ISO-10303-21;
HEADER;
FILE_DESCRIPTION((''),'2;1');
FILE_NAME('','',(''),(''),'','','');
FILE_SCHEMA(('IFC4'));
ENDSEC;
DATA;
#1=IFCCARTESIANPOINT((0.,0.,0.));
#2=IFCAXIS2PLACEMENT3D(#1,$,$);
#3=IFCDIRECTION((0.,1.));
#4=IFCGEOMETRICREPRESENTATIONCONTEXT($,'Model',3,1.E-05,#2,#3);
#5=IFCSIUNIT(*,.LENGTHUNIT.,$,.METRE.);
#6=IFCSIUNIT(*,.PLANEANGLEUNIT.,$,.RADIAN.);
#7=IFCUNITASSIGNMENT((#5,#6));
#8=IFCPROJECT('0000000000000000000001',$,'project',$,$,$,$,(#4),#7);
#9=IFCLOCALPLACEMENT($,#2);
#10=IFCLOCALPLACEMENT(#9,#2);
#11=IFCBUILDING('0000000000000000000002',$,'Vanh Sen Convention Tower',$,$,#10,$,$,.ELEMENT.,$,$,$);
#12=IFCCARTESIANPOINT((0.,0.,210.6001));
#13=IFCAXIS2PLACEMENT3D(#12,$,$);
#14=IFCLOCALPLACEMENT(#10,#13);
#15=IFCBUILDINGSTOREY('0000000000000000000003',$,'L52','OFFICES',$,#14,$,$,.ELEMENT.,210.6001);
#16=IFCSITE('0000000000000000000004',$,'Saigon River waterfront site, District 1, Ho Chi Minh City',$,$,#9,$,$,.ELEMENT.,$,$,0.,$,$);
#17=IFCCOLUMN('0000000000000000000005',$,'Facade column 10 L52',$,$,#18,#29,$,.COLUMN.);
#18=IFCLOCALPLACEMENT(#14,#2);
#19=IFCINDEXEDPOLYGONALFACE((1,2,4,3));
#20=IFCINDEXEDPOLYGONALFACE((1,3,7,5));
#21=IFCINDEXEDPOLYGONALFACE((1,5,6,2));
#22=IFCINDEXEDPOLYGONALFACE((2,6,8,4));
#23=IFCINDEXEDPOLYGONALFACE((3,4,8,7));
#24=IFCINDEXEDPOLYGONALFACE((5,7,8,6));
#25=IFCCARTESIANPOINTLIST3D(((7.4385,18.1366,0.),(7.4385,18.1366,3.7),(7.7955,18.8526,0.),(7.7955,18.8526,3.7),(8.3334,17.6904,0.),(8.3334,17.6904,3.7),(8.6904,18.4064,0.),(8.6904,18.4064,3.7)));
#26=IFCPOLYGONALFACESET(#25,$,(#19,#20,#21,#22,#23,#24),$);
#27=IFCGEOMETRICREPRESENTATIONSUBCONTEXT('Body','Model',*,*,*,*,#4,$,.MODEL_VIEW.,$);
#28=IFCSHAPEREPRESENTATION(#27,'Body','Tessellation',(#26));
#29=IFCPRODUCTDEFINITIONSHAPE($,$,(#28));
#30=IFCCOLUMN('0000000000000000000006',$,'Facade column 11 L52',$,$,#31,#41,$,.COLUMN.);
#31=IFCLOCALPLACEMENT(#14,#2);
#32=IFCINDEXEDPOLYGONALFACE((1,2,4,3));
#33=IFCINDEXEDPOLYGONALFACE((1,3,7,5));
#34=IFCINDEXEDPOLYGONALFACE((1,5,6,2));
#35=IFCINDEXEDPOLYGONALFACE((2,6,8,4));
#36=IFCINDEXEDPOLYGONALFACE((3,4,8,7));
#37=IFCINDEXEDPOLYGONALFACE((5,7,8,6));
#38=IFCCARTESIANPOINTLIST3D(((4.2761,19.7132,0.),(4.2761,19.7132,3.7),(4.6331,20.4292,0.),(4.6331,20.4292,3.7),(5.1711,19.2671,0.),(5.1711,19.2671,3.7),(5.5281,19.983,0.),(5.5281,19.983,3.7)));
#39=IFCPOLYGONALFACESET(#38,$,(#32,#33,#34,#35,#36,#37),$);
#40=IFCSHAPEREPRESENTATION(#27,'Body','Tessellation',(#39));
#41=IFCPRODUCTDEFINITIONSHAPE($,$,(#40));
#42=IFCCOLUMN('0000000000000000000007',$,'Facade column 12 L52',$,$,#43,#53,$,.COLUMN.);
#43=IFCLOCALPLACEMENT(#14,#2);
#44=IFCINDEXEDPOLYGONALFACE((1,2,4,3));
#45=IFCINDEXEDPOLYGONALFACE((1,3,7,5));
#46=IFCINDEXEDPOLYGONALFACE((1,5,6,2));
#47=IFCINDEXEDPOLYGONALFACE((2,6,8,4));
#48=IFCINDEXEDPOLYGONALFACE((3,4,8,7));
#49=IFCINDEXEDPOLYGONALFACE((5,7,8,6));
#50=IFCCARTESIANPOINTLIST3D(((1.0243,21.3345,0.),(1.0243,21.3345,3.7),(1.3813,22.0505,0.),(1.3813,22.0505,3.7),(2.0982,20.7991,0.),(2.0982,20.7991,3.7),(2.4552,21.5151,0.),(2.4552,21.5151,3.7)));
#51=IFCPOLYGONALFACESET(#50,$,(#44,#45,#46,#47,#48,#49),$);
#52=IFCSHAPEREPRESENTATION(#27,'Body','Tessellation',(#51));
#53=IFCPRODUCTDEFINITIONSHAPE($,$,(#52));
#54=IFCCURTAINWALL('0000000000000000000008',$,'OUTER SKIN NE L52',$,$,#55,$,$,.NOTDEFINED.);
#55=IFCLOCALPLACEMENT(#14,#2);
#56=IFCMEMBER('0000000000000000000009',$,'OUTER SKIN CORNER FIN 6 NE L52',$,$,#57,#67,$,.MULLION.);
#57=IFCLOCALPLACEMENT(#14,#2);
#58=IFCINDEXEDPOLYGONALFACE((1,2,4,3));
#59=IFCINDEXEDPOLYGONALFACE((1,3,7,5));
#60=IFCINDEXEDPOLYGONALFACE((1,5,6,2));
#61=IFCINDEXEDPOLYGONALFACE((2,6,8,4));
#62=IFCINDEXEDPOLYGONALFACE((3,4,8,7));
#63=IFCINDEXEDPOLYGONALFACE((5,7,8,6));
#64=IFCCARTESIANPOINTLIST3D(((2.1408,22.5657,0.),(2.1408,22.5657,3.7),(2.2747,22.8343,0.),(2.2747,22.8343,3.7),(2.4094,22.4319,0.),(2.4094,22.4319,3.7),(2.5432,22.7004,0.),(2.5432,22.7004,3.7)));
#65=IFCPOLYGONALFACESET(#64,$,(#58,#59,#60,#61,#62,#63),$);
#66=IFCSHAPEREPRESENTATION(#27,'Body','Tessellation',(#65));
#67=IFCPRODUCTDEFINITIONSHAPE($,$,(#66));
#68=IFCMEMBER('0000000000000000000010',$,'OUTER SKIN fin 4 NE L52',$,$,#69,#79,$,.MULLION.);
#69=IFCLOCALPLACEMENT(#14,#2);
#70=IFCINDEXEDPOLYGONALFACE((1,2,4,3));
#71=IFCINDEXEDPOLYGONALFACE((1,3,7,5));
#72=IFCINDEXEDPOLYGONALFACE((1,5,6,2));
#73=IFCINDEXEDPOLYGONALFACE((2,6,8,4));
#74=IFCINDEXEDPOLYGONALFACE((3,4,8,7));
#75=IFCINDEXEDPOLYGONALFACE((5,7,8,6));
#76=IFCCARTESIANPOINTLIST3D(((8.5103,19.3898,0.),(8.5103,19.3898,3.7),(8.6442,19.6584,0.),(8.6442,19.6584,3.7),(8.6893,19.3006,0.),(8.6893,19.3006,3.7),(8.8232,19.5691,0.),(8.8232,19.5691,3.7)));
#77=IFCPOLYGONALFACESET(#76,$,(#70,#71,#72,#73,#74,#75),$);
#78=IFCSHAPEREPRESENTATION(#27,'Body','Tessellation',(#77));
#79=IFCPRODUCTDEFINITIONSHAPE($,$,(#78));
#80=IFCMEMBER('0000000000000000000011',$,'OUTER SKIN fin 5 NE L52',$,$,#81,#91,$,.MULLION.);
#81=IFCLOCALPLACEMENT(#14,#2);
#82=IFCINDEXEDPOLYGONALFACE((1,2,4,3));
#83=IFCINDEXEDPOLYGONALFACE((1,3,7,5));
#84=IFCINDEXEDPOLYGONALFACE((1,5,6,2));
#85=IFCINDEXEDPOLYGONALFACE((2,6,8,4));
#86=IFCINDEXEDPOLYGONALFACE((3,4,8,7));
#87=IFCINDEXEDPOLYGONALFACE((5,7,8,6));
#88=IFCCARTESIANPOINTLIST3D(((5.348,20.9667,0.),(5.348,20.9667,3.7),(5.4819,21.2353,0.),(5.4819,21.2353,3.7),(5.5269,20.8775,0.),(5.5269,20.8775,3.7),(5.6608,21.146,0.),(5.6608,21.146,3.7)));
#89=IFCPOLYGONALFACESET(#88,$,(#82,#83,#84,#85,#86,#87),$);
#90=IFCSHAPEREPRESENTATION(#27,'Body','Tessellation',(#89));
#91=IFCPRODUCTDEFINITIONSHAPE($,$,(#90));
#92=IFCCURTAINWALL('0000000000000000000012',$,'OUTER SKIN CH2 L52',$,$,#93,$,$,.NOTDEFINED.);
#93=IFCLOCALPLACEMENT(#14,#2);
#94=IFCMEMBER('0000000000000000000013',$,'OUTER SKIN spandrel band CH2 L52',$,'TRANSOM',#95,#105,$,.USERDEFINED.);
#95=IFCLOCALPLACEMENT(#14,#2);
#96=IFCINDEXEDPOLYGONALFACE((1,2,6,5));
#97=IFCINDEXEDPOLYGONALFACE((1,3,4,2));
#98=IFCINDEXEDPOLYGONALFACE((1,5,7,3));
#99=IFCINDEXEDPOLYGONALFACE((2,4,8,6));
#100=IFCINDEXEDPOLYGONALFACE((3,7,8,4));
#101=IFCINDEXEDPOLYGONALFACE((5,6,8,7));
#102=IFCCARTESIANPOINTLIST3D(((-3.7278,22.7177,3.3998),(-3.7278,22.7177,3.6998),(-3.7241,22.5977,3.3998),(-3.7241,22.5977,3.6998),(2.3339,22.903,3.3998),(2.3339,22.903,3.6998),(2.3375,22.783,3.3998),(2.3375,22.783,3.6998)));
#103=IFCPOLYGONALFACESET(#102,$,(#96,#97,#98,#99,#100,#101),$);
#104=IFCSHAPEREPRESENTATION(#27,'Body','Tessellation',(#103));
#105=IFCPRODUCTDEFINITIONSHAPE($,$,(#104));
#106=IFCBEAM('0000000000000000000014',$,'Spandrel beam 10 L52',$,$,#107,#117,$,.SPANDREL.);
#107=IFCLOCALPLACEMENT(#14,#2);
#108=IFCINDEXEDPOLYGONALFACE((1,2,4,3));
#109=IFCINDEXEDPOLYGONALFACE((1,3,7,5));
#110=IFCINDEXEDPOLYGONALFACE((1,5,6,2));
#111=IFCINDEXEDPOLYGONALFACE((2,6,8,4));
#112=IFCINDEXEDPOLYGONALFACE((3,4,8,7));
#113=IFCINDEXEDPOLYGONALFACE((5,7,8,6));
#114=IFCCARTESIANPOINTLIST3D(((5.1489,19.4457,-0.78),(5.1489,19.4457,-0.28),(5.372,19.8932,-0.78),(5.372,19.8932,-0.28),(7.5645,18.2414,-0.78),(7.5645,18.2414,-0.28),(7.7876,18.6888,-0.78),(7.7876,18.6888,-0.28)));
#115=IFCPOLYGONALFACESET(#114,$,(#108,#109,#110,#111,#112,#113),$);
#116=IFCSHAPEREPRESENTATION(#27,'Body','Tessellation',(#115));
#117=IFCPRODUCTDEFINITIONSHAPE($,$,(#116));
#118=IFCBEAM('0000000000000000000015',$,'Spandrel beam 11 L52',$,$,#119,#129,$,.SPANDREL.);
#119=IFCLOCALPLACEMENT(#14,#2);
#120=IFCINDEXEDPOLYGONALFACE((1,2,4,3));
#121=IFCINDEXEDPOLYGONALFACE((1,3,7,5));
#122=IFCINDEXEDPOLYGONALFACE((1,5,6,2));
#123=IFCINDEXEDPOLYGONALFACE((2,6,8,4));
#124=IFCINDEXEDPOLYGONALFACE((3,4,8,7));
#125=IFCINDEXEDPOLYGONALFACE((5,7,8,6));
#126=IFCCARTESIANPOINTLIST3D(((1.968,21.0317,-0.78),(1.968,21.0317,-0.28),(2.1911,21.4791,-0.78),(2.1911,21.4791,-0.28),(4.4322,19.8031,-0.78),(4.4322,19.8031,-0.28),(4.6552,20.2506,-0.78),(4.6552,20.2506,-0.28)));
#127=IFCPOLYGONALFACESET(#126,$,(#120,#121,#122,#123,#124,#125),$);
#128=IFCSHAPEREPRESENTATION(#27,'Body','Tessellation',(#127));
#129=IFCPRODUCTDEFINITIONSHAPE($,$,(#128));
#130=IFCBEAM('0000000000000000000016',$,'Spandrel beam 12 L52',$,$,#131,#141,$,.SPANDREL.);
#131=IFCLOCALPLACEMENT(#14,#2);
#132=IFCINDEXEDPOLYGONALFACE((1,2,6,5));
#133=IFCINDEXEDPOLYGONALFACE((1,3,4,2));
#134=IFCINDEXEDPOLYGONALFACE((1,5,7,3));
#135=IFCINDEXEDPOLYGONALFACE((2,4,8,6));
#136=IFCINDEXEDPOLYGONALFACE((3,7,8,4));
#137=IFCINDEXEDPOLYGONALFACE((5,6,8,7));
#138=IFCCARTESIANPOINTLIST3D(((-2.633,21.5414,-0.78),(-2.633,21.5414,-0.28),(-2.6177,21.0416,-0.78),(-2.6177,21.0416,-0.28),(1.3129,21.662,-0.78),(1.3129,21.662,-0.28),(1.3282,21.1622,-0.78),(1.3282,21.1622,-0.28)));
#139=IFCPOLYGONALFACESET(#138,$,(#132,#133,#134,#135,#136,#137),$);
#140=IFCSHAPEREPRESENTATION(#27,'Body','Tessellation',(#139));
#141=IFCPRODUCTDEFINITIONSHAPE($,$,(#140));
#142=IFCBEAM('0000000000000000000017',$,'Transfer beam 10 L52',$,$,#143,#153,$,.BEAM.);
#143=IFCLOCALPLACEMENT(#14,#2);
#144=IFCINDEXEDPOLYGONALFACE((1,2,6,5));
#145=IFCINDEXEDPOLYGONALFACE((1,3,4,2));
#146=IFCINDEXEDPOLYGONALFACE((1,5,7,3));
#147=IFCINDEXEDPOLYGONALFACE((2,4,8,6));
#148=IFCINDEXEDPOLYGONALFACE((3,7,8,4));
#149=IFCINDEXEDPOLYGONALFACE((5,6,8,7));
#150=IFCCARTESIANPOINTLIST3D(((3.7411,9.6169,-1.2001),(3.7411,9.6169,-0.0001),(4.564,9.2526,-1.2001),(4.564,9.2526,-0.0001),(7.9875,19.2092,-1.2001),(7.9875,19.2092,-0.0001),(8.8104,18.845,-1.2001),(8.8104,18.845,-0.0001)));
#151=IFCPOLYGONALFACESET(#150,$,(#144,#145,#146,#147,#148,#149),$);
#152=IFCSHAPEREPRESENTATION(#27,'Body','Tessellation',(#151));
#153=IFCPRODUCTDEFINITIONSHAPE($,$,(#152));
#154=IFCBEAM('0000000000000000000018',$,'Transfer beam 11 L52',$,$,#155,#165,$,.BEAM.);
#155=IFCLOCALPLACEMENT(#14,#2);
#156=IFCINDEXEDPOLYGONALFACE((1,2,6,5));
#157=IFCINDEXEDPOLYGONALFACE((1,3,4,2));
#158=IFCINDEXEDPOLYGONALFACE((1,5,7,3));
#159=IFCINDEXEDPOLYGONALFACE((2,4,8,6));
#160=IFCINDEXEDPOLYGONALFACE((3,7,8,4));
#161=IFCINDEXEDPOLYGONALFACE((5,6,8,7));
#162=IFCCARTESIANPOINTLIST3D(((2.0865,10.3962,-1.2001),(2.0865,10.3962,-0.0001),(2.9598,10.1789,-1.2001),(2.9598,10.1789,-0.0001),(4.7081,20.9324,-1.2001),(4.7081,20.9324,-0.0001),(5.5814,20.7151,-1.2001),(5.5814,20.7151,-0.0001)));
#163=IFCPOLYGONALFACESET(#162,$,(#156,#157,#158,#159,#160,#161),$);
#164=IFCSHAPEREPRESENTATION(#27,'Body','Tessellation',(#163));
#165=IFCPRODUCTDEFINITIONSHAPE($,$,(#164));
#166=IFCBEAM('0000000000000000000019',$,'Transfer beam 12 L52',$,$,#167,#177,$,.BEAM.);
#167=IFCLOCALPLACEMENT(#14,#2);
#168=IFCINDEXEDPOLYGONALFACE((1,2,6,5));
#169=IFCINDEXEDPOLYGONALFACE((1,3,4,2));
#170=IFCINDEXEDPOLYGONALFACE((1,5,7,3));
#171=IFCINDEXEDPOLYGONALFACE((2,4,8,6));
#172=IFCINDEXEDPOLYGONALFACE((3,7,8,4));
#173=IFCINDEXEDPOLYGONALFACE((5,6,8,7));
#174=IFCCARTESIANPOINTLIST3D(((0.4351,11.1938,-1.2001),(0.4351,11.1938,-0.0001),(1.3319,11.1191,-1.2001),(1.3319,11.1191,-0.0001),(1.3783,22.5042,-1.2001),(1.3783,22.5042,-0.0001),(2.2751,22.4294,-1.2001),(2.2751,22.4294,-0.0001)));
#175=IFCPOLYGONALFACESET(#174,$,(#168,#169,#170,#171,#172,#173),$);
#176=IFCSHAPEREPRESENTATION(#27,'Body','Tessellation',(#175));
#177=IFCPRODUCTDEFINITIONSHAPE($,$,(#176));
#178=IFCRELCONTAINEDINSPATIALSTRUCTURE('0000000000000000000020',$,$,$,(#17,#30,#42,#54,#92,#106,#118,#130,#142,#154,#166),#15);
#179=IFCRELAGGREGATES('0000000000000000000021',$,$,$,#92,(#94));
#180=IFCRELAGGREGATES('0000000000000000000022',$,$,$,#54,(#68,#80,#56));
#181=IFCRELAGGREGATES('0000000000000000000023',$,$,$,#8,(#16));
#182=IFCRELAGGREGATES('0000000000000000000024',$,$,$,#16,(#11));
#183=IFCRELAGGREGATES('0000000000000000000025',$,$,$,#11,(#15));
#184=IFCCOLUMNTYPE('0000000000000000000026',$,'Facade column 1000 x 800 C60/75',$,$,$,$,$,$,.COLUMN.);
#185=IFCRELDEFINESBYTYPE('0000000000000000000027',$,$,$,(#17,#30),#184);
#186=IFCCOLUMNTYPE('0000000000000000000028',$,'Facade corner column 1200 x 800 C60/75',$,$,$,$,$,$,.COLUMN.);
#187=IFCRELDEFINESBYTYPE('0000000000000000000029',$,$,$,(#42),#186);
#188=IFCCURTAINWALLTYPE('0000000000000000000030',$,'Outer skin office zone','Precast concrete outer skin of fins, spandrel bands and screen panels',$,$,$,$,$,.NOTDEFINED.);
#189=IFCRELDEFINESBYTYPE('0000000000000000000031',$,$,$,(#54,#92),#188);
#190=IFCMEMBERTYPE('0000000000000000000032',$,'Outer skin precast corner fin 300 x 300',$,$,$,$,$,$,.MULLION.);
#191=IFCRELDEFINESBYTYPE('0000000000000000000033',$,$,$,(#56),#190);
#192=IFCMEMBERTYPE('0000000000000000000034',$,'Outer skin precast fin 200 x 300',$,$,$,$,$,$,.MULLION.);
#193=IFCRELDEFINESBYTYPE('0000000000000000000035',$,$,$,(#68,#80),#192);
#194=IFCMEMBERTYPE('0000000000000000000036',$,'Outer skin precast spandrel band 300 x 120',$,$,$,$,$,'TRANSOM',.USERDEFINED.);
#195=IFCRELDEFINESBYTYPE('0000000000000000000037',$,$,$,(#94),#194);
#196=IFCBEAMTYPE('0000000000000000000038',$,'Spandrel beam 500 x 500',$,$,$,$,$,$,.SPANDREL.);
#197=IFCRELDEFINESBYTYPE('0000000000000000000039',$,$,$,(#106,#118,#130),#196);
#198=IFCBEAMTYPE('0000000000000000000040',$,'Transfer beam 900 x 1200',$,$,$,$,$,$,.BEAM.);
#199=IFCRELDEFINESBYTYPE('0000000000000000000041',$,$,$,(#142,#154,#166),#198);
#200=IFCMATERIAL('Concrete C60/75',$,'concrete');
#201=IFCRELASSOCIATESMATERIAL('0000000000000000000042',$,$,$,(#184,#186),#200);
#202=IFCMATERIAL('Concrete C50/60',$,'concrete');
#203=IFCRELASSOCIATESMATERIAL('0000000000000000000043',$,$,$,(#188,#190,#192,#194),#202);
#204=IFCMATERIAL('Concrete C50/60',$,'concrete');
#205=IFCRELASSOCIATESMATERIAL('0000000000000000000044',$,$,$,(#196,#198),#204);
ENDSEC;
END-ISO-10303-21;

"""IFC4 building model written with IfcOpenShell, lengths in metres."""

from ifc_helpers import new_model, si_unit, direction, frame, origin, origin_2d, place, context, subcontext, project, spatial, rectangle, extrude, material, material_profile, profile_set, type_object, element, aggregate, save


model = new_model("IFC4")

# Units and contexts
model_context = context("Model", 3, precision=1e-05, world=origin(), true_north=direction((0.0, 1.0)))
body_context = subcontext(model_context, "Body", "Model", "MODEL_VIEW")
ifc_project = project(units=[si_unit("LENGTHUNIT", "METRE"), si_unit("PLANEANGLEUNIT", "RADIAN")], contexts=[model_context])

# Site, building, storey
site_placement = place(None, origin())
site = spatial("IfcSite", under=ifc_project, at=site_placement, Name="Saigon River waterfront site, District 1, Ho Chi Minh City", CompositionType="ELEMENT", RefElevation=0.0)
building_placement = place(site_placement, origin())
building = spatial("IfcBuilding", under=site, at=building_placement, Name="Vanh Sen Convention Tower", CompositionType="ELEMENT")
storey_placement = place(building_placement, frame((0.0, 0.0, 210.6001)))
storey = spatial("IfcBuildingStorey", under=building, at=storey_placement, Name="L52", Description="OFFICES", CompositionType="ELEMENT", Elevation=210.6001)

# Columns
ifc_material_1 = material(Name="Concrete C60/75", Category="concrete")
ifc_material_profile_1 = material_profile(ifc_material_1, rectangle(XDim=1.0, YDim=0.8, at=origin_2d()), Name="RC 1000X800")
ifc_profile_set_1 = profile_set([ifc_material_profile_1], Name="Concrete C60/75")
column_type_1 = type_object("IfcColumnType", Name="Facade column 1000 x 800 C60/75", PredefinedType="COLUMN", material=ifc_profile_set_1)
for number, where, z_axis, x_axis, name in (
    (1, (8.0645, 18.2715, 0.0), (0.0, 0.0, 1.0), (-0.894934, 0.446198, 0.0), "Facade column 10 L52"),
    (2, (4.9021, 19.8481, 0.0), (0.0, 0.0, 1.0), (-0.894934, 0.446198, 0.0), "Facade column 11 L52"),
):
    element("IfcColumn", number, at=place(storey_placement, frame(where, z_axis=z_axis, x_axis=x_axis)), inside=storey, type_object=column_type_1, Name=name, PredefinedType="COLUMN", context=body_context, shape_type="SweptSolid", body=[
        extrude(rectangle(XDim=1.0, YDim=0.8, at=origin_2d()), origin(), (0.0, 0.0, 1.0), 3.7),
    ])
ifc_material_profile_2 = material_profile(ifc_material_1, rectangle(XDim=1.2, YDim=0.8, at=origin_2d()), Name="RC 1200X800")
ifc_profile_set_2 = profile_set([ifc_material_profile_2], Name="Concrete C60/75")
column_type_2 = type_object("IfcColumnType", Name="Facade corner column 1200 x 800 C60/75", PredefinedType="COLUMN", material=ifc_profile_set_2)
column_placement = place(storey_placement, frame((1.7397, 21.4248, 0.0), z_axis=(0.0, 0.0, 1.0), x_axis=(-0.894934, 0.446198, 0.0)))
element("IfcColumn", 3, at=column_placement, inside=storey, type_object=column_type_2, Name="Facade column 12 L52", PredefinedType="COLUMN", context=body_context, shape_type="SweptSolid", body=[
    extrude(rectangle(XDim=1.2, YDim=0.8, at=origin_2d()), origin(), (0.0, 0.0, 1.0), 3.7),
])

# Curtain wall, members
ifc_material_2 = material(Name="Concrete C50/60", Category="concrete")
curtain_wall_type = type_object("IfcCurtainWallType", Name="Outer skin office zone", Description="Precast concrete outer skin of fins, spandrel bands and screen panels", PredefinedType="NOTDEFINED", material=ifc_material_2)
curtain_wall_1_placement = place(storey_placement, origin())
curtain_wall_1 = element("IfcCurtainWall", 4, at=curtain_wall_1_placement, inside=storey, type_object=curtain_wall_type, Name="OUTER SKIN NE L52", PredefinedType="NOTDEFINED")
ifc_material_profile_3 = material_profile(ifc_material_2, rectangle(XDim=0.3, YDim=0.3, at=origin_2d()), Name="Outer skin precast corner fin 300 x 300")
ifc_profile_set_3 = profile_set([ifc_material_profile_3], Name="Concrete C50/60")
member_type_1 = type_object("IfcMemberType", Name="Outer skin precast corner fin 300 x 300", PredefinedType="MULLION", material=ifc_profile_set_3)
member_1_placement = place(storey_placement, frame((2.342, 22.6331, 0.0), z_axis=(0.0, 0.0, 1.0), x_axis=(-0.894934, 0.446198, 0.0)))
member_1 = element("IfcMember", 5, at=member_1_placement, type_object=member_type_1, Name="OUTER SKIN CORNER FIN 6 NE L52", PredefinedType="MULLION", context=body_context, shape_type="SweptSolid", body=[
    extrude(rectangle(XDim=0.3, YDim=0.3, at=origin_2d()), origin(), (0.0, 0.0, 1.0), 3.7),
])
ifc_material_profile_4 = material_profile(ifc_material_2, rectangle(XDim=0.2, YDim=0.3, at=origin_2d()), Name="Outer skin precast fin 200 x 300")
ifc_profile_set_4 = profile_set([ifc_material_profile_4], Name="Concrete C50/60")
member_type_2 = type_object("IfcMemberType", Name="Outer skin precast fin 200 x 300", PredefinedType="MULLION", material=ifc_profile_set_4)
member_2_placement = place(storey_placement, frame((8.6667, 19.4795, 0.0), z_axis=(0.0, 0.0, 1.0), x_axis=(-0.894934, 0.446198, 0.0)))
member_2 = element("IfcMember", 6, at=member_2_placement, type_object=member_type_2, Name="OUTER SKIN fin 4 NE L52", PredefinedType="MULLION", context=body_context, shape_type="SweptSolid", body=[
    extrude(rectangle(XDim=0.2, YDim=0.3, at=origin_2d()), origin(), (0.0, 0.0, 1.0), 3.7),
])
member_3_placement = place(storey_placement, frame((5.5044, 21.0564, 0.0), z_axis=(0.0, 0.0, 1.0), x_axis=(-0.894934, 0.446198, 0.0)))
member_3 = element("IfcMember", 7, at=member_3_placement, type_object=member_type_2, Name="OUTER SKIN fin 5 NE L52", PredefinedType="MULLION", context=body_context, shape_type="SweptSolid", body=[
    extrude(rectangle(XDim=0.2, YDim=0.3, at=origin_2d()), origin(), (0.0, 0.0, 1.0), 3.7),
])

# Curtain wall, member
curtain_wall_2_placement = place(storey_placement, origin())
curtain_wall_2 = element("IfcCurtainWall", 8, at=curtain_wall_2_placement, inside=storey, type_object=curtain_wall_type, Name="OUTER SKIN CH2 L52", PredefinedType="NOTDEFINED")
ifc_material_profile_5 = material_profile(ifc_material_2, rectangle(XDim=0.1201, YDim=0.3, at=origin_2d()), Name="Outer skin precast spandrel band 300 x 120")
ifc_profile_set_5 = profile_set([ifc_material_profile_5], Name="Concrete C50/60")
member_type_3 = type_object("IfcMemberType", Name="Outer skin precast spandrel band 300 x 120", ElementType="TRANSOM", PredefinedType="USERDEFINED", material=ifc_profile_set_5)
member_4_placement = place(storey_placement, frame((2.3357, 22.843, 3.5498), z_axis=(-0.999533, -0.030556, 0.0), x_axis=(0.030556, -0.999533, 0.0)))
member_4 = element("IfcMember", 9, at=member_4_placement, type_object=member_type_3, Name="OUTER SKIN spandrel band CH2 L52", ObjectType="TRANSOM", PredefinedType="USERDEFINED", context=body_context, shape_type="SweptSolid", body=[
    extrude(rectangle(XDim=0.1201, YDim=0.3, at=origin_2d()), origin(), (0.0, 0.0, 1.0), 6.0645),
])
aggregate(curtain_wall_2, [member_4])

# Beams
ifc_material_3 = material(Name="Concrete C50/60", Category="concrete")
ifc_material_profile_6 = material_profile(ifc_material_3, rectangle(XDim=0.5, YDim=0.5, at=origin_2d()), Name="RC 500X500")
ifc_profile_set_6 = profile_set([ifc_material_profile_6], Name="Concrete C50/60")
beam_type_1 = type_object("IfcBeamType", Name="Spandrel beam 500 x 500", PredefinedType="SPANDREL", material=ifc_profile_set_6)
beam_1_placement = place(storey_placement, frame((7.676, 18.4651, -0.53), z_axis=(-0.894933, 0.4462, 0.0), x_axis=(-0.4462, -0.894933, 0.0)))
element("IfcBeam", 10, at=beam_1_placement, inside=storey, type_object=beam_type_1, Name="Spandrel beam 10 L52", PredefinedType="SPANDREL", context=body_context, shape_type="SweptSolid", body=[
    extrude(rectangle(XDim=0.5, YDim=0.5, at=origin_2d()), origin(), (0.0, 0.0, 1.0), 2.6992),
])
beam_2_placement = place(storey_placement, frame((4.5437, 20.0269, -0.53), z_axis=(-0.894941, 0.446185, 0.0), x_axis=(-0.446185, -0.894941, 0.0)))
element("IfcBeam", 11, at=beam_2_placement, inside=storey, type_object=beam_type_1, Name="Spandrel beam 11 L52", PredefinedType="SPANDREL", context=body_context, shape_type="SweptSolid", body=[
    extrude(rectangle(XDim=0.5, YDim=0.5, at=origin_2d()), origin(), (0.0, 0.0, 1.0), 2.7534),
])
beam_3_placement = place(storey_placement, frame((1.3206, 21.4121, -0.53), z_axis=(-0.999533, -0.030551, 0.0), x_axis=(0.030551, -0.999533, 0.0)))
element("IfcBeam", 12, at=beam_3_placement, inside=storey, type_object=beam_type_1, Name="Spandrel beam 12 L52", PredefinedType="SPANDREL", context=body_context, shape_type="SweptSolid", body=[
    extrude(rectangle(XDim=0.5, YDim=0.5, at=origin_2d()), origin(), (0.0, 0.0, 1.0), 3.9478),
])
ifc_material_profile_7 = material_profile(ifc_material_3, rectangle(XDim=0.8999, YDim=1.2, at=origin_2d()), Name="RC 900X1200")
ifc_profile_set_7 = profile_set([ifc_material_profile_7], Name="Concrete C50/60")
beam_type_2 = type_object("IfcBeamType", Name="Transfer beam 900 x 1200", PredefinedType="BEAM", material=ifc_profile_set_7)
beam_4_placement = place(storey_placement, frame((8.3989, 19.0271, -0.6001), z_axis=(-0.404793, -0.914408, 0.0), x_axis=(0.914408, -0.404793, 0.0)))
element("IfcBeam", 13, at=beam_4_placement, inside=storey, type_object=beam_type_2, Name="Transfer beam 10 L52", PredefinedType="BEAM", context=body_context, shape_type="SweptSolid", body=[
    extrude(rectangle(XDim=0.8999, YDim=1.2, at=origin_2d()), origin(), (0.0, 0.0, 1.0), 10.4902),
])
beam_5_placement = place(storey_placement, frame((5.1448, 20.8237, -0.6001), z_axis=(-0.241456, -0.970412, 0.0), x_axis=(0.970412, -0.241456, 0.0)))
element("IfcBeam", 14, at=beam_5_placement, inside=storey, type_object=beam_type_2, Name="Transfer beam 11 L52", PredefinedType="BEAM", context=body_context, shape_type="SweptSolid", body=[
    extrude(rectangle(XDim=0.8999, YDim=1.2, at=origin_2d()), origin(), (0.0, 0.0, 1.0), 10.8574),
])
beam_6_placement = place(storey_placement, frame((1.8267, 22.4668, -0.6001), z_axis=(-0.083097, -0.996541, 0.0), x_axis=(0.996541, -0.083097, 0.0)))
element("IfcBeam", 15, at=beam_6_placement, inside=storey, type_object=beam_type_2, Name="Transfer beam 12 L52", PredefinedType="BEAM", context=body_context, shape_type="SweptSolid", body=[
    extrude(rectangle(XDim=0.8999, YDim=1.2, at=origin_2d()), origin(), (0.0, 0.0, 1.0), 11.3496),
])

aggregate(curtain_wall_1, [member_2, member_3, member_1])

save(model, "model.ifc")
